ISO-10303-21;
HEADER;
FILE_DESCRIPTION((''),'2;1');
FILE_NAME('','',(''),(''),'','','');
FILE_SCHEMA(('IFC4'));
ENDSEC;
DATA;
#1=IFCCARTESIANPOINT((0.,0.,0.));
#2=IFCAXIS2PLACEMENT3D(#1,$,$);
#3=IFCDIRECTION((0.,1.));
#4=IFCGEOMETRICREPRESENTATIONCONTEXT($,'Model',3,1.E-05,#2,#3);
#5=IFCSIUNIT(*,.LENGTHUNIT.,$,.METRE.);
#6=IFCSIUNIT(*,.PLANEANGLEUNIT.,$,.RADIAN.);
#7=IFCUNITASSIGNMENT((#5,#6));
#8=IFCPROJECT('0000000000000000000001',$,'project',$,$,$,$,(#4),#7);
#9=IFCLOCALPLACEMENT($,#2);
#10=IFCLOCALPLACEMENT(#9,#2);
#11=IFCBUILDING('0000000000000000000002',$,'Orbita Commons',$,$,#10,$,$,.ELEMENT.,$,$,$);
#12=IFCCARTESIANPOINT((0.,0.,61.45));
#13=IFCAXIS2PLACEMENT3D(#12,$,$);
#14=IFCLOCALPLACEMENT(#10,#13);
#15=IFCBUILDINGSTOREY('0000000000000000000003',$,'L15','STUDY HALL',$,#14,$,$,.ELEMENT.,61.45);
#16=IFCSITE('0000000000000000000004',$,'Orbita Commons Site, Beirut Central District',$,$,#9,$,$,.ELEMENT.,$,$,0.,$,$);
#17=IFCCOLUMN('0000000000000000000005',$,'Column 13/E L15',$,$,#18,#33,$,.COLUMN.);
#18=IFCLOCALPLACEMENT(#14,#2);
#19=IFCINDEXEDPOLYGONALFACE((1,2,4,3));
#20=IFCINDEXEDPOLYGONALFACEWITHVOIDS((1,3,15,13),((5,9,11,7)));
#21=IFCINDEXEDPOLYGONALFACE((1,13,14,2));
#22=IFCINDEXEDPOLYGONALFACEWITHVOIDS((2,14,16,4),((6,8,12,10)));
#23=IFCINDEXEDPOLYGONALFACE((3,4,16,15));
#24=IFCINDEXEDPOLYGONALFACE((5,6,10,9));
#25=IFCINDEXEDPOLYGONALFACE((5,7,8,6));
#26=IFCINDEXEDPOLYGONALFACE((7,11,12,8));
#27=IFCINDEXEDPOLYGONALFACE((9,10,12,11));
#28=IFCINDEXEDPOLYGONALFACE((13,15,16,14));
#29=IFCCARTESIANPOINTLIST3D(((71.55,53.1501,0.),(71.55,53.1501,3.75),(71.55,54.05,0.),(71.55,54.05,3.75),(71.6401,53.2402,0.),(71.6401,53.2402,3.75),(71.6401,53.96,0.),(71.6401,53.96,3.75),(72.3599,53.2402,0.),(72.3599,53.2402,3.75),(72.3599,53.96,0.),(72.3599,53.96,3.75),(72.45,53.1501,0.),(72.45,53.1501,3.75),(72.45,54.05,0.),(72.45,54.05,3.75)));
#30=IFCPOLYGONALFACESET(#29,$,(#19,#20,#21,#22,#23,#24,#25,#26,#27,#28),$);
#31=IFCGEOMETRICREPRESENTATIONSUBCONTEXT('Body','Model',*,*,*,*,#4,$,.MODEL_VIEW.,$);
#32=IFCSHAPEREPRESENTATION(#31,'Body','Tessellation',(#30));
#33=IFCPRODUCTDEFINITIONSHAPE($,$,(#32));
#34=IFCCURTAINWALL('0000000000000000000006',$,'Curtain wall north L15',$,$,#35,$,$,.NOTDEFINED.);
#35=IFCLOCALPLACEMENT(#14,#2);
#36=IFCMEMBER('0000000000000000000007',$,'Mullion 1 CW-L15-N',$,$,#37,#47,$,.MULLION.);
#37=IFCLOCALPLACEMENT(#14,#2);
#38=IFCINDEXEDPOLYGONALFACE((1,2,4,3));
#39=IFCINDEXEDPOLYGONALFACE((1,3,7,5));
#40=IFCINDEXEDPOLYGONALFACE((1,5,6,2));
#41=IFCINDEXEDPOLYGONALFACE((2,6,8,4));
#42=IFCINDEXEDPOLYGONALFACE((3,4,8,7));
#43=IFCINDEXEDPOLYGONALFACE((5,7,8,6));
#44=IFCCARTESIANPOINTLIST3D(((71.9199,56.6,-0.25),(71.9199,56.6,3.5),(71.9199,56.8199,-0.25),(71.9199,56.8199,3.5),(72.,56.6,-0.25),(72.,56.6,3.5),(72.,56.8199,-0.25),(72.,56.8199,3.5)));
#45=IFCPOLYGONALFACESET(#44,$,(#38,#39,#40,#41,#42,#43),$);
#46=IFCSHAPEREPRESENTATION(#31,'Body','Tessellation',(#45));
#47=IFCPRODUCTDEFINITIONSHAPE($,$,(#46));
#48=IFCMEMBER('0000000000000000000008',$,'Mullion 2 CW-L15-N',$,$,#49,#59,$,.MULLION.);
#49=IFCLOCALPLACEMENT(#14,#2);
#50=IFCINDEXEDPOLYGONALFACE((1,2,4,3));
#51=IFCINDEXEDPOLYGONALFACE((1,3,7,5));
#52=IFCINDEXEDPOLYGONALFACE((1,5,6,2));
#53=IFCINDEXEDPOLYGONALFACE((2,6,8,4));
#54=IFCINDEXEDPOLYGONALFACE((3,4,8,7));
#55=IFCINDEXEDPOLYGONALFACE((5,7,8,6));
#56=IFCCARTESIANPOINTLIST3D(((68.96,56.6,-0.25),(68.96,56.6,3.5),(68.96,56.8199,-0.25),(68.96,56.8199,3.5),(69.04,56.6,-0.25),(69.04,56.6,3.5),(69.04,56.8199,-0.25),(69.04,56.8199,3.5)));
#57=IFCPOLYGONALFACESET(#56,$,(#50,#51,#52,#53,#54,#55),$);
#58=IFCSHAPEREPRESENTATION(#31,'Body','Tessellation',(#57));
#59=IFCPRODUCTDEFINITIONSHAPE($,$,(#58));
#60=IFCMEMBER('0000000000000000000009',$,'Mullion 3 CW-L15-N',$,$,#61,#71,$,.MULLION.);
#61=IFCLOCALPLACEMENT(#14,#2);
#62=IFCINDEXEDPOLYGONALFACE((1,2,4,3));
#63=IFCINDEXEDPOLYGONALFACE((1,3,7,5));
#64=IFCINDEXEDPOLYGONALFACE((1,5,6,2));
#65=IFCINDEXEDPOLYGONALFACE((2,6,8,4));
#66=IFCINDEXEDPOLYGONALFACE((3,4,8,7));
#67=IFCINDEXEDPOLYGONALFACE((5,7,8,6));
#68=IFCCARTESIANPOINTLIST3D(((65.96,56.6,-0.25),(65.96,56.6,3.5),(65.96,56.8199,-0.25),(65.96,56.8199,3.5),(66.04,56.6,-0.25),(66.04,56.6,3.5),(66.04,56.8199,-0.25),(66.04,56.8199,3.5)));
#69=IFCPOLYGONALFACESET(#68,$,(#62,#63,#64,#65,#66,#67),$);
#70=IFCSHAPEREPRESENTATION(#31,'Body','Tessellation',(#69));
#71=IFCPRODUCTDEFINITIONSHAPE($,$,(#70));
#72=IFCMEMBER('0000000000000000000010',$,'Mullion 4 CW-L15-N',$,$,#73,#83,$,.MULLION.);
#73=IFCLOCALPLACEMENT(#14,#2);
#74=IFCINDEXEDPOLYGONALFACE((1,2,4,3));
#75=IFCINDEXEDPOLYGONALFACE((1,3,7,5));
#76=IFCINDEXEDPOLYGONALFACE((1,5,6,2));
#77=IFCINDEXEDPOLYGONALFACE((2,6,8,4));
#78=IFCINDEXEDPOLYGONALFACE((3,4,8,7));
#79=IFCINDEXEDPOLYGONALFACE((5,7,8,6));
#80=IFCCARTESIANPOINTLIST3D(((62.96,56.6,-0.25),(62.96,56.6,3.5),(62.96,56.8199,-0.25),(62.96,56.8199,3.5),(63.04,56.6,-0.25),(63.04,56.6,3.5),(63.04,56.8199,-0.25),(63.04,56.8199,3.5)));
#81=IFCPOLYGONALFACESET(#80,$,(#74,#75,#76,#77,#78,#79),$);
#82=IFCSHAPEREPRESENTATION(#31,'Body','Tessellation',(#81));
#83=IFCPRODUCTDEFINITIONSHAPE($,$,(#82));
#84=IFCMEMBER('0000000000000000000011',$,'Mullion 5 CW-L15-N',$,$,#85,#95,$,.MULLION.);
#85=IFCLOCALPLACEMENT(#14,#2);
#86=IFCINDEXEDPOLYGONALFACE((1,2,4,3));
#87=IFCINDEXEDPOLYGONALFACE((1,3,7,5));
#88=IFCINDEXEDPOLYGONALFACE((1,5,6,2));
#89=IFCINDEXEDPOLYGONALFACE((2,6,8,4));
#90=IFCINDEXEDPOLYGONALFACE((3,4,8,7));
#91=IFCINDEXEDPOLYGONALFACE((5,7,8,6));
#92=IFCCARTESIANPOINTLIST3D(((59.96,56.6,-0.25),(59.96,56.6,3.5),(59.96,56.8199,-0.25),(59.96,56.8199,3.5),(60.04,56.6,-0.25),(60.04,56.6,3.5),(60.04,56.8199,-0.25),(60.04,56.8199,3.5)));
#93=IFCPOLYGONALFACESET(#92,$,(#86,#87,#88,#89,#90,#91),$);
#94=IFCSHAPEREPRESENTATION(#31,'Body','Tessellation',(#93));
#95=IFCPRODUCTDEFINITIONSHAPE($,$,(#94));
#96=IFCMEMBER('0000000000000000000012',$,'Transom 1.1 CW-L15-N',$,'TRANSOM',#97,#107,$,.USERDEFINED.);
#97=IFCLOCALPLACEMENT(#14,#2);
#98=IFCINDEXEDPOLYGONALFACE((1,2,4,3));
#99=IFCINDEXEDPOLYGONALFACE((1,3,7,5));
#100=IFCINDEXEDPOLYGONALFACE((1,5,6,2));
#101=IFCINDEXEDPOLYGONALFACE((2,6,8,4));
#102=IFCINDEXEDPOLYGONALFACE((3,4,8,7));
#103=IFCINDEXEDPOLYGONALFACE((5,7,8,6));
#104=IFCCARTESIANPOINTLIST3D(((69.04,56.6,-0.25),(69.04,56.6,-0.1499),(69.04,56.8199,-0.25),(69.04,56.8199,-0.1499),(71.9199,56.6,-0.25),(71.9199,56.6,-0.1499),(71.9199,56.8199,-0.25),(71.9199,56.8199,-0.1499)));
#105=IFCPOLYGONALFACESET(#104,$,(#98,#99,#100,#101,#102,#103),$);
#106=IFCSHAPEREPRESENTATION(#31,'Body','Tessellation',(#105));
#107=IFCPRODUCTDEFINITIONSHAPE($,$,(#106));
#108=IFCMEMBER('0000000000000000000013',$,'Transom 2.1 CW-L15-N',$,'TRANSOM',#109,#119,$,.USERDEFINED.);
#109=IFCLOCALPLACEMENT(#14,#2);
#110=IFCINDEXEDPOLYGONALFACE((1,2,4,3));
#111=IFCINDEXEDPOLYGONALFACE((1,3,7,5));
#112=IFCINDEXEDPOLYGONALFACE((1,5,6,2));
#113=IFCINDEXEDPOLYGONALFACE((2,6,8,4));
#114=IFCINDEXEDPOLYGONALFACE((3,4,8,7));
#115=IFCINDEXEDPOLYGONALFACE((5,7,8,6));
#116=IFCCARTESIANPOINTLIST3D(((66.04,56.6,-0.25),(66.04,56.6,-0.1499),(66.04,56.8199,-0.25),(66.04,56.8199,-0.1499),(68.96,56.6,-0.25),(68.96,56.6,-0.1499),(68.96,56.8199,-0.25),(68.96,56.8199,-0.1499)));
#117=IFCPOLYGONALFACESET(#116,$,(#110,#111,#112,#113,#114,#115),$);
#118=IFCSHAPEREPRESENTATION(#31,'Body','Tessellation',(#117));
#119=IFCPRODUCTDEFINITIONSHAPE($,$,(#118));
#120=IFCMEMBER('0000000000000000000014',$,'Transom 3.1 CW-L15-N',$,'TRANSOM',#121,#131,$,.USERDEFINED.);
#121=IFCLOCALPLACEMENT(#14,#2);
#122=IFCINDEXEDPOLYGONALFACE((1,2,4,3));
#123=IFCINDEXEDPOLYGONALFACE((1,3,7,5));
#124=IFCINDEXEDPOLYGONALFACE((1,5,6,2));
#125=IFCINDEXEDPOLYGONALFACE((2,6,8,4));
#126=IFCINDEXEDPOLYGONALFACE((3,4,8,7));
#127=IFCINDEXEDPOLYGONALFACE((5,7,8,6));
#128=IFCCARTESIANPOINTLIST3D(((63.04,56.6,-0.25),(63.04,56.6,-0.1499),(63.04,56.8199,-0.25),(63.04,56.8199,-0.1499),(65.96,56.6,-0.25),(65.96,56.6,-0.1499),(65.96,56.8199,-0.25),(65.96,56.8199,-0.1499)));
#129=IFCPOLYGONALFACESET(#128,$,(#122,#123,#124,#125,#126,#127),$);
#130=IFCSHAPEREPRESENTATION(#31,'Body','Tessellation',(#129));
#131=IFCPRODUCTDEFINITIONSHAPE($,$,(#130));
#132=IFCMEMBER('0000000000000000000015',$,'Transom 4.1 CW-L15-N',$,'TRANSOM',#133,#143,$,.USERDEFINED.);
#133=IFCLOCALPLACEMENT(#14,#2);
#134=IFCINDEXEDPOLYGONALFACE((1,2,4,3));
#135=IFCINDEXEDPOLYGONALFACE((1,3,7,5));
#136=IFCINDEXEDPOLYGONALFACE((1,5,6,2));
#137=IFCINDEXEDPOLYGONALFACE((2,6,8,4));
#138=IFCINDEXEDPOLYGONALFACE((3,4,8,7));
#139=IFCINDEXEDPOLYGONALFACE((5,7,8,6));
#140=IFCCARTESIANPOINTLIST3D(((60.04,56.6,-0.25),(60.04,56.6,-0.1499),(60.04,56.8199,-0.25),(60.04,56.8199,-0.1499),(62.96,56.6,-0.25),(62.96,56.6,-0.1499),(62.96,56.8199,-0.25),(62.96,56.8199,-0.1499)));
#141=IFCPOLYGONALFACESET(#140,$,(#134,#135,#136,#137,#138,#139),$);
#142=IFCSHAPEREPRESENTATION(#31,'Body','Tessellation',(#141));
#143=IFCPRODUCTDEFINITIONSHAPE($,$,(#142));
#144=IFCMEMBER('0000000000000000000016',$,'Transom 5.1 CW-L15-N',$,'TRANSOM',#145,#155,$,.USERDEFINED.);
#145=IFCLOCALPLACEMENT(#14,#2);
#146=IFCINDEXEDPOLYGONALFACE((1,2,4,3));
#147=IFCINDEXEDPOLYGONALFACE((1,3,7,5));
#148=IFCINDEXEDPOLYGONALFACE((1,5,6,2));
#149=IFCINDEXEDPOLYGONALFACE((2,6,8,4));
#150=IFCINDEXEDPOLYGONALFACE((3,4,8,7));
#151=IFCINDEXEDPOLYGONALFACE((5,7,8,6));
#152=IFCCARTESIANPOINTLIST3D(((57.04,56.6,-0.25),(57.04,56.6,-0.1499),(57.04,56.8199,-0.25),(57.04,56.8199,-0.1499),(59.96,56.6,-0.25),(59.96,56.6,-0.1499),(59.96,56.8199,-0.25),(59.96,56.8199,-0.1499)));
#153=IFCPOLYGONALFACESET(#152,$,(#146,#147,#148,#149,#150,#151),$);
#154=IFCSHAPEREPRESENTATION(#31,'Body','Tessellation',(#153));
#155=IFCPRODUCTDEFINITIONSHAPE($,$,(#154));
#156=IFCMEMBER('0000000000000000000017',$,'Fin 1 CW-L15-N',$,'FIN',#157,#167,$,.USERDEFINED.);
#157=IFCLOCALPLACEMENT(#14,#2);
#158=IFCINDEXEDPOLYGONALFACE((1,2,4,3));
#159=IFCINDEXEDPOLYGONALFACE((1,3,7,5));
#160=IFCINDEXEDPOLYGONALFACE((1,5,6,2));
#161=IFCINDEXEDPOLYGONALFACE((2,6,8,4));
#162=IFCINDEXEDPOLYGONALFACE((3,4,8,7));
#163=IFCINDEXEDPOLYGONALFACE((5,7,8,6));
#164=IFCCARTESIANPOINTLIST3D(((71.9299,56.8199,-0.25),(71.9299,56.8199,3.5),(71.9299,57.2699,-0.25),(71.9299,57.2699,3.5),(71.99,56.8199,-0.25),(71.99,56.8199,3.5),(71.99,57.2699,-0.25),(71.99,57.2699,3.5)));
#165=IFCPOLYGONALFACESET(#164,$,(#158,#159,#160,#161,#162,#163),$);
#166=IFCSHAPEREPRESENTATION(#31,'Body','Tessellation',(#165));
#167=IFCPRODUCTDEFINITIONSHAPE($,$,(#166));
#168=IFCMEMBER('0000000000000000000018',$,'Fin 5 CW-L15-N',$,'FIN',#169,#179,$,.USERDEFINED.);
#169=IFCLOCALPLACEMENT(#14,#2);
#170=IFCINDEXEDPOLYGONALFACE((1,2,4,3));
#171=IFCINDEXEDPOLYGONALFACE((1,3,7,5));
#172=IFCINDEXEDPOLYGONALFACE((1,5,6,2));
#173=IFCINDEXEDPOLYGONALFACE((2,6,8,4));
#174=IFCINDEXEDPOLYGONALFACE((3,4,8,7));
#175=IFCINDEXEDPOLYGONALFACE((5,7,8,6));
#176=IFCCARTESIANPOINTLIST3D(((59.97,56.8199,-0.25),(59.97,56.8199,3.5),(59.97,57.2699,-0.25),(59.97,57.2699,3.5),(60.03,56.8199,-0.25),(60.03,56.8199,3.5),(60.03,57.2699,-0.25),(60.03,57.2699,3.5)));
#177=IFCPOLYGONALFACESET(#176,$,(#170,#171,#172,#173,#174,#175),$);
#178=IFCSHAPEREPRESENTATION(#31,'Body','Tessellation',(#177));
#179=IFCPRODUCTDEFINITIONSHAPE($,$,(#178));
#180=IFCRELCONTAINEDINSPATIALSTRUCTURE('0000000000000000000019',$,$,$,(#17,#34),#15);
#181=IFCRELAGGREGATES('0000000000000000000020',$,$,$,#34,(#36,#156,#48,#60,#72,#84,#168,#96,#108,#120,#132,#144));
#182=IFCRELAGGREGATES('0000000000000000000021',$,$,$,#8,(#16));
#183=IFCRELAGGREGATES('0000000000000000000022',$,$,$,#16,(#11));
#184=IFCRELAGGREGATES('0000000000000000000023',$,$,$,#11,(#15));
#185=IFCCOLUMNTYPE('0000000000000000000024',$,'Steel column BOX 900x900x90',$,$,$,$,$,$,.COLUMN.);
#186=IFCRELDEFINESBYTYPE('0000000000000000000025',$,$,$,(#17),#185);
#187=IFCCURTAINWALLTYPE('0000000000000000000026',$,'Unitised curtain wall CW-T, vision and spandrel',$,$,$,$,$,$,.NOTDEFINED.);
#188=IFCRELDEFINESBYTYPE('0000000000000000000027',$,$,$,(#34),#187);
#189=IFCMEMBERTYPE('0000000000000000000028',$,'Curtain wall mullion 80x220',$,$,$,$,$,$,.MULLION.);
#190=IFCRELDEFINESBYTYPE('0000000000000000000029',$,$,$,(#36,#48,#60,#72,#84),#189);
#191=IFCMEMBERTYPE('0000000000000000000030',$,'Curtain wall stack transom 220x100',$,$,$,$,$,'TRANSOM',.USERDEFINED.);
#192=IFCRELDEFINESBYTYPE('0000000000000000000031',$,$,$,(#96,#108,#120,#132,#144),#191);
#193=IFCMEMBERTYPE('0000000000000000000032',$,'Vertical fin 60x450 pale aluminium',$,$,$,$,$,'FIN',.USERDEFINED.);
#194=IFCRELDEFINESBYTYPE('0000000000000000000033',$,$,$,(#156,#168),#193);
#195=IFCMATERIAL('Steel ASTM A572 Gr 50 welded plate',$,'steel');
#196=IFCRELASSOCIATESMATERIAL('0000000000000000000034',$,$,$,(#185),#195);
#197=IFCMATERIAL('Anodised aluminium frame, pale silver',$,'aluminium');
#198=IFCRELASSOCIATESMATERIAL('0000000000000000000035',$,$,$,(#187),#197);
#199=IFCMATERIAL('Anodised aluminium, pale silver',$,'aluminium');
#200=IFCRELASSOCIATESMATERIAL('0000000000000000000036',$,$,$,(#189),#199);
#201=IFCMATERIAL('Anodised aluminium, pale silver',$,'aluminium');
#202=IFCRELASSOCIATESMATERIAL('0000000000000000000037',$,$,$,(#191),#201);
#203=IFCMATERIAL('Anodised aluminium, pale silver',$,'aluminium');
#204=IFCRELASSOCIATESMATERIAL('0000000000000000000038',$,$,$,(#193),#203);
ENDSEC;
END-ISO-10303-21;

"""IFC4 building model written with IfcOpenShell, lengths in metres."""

from ifc_helpers import new_model, si_unit, direction, frame, origin, origin_2d, place, context, subcontext, project, spatial, rectangle, hollow_rectangle, extrude, material, material_profile, profile_set, type_object, element, aggregate, save


model = new_model("IFC4")

# Units and contexts
model_context = context("Model", 3, precision=1e-05, world=origin(), true_north=direction((0.0, 1.0)))
body_context = subcontext(model_context, "Body", "Model", "MODEL_VIEW")
ifc_project = project(units=[si_unit("LENGTHUNIT", "METRE"), si_unit("PLANEANGLEUNIT", "RADIAN")], contexts=[model_context])

# Site, building, storey
site_placement = place(None, origin())
site = spatial("IfcSite", under=ifc_project, at=site_placement, Name="Orbita Commons Site, Beirut Central District", CompositionType="ELEMENT", RefElevation=0.0)
building_placement = place(site_placement, origin())
building = spatial("IfcBuilding", under=site, at=building_placement, Name="Orbita Commons", CompositionType="ELEMENT")
storey_placement = place(building_placement, frame((0.0, 0.0, 61.45)))
storey = spatial("IfcBuildingStorey", under=building, at=storey_placement, Name="L15", Description="STUDY HALL", CompositionType="ELEMENT", Elevation=61.45)

# Column
ifc_material_1 = material(Name="Steel ASTM A572 Gr 50 welded plate", Category="steel")
ifc_material_profile_1 = material_profile(ifc_material_1, hollow_rectangle(XDim=0.8999, YDim=0.8999, WallThickness=0.0901, at=origin_2d()), Name="BOX 900x900x90")
ifc_profile_set_1 = profile_set([ifc_material_profile_1], Name="Steel ASTM A572 Gr 50 welded plate")
column_type = type_object("IfcColumnType", Name="Steel column BOX 900x900x90", PredefinedType="COLUMN", material=ifc_profile_set_1)
column_placement = place(storey_placement, frame((72.0, 53.6001, 0.0), z_axis=(0.0, 0.0, 1.0), x_axis=(1.0, 0.0, 0.0)))
element("IfcColumn", 1, at=column_placement, inside=storey, type_object=column_type, Name="Column 13/E L15", PredefinedType="COLUMN", context=body_context, shape_type="SweptSolid", body=[
    extrude(hollow_rectangle(XDim=0.8999, YDim=0.8999, WallThickness=0.0901, at=origin_2d()), origin(), (0.0, 0.0, 1.0), 3.75),
])

# Curtain wall, members
ifc_material_2 = material(Name="Anodised aluminium frame, pale silver", Category="aluminium")
curtain_wall_type = type_object("IfcCurtainWallType", Name="Unitised curtain wall CW-T, vision and spandrel", PredefinedType="NOTDEFINED", material=ifc_material_2)
curtain_wall_placement = place(storey_placement, origin())
curtain_wall = element("IfcCurtainWall", 2, at=curtain_wall_placement, inside=storey, type_object=curtain_wall_type, Name="Curtain wall north L15", PredefinedType="NOTDEFINED")
ifc_material_3 = material(Name="Anodised aluminium, pale silver", Category="aluminium")
ifc_material_profile_2 = material_profile(ifc_material_3, rectangle(XDim=0.0801, YDim=0.22, at=origin_2d()), Name="AL 80x220")
ifc_profile_set_2 = profile_set([ifc_material_profile_2], Name="Anodised aluminium, pale silver")
member_type_1 = type_object("IfcMemberType", Name="Curtain wall mullion 80x220", PredefinedType="MULLION", material=ifc_profile_set_2)
member_1_placement = place(storey_placement, frame((71.96, 56.71, -0.25), z_axis=(0.0, 0.0, 1.0), x_axis=(-1.0, 0.0, 0.0)))
member_1 = element("IfcMember", 3, at=member_1_placement, type_object=member_type_1, Name="Mullion 1 CW-L15-N", PredefinedType="MULLION", context=body_context, shape_type="SweptSolid", body=[
    extrude(rectangle(XDim=0.0801, YDim=0.22, at=origin_2d()), origin(), (0.0, 0.0, 1.0), 3.75),
])
member_2_placement = place(storey_placement, frame((69.0, 56.71, -0.25), z_axis=(0.0, 0.0, 1.0), x_axis=(-1.0, 0.0, 0.0)))
member_2 = element("IfcMember", 4, at=member_2_placement, type_object=member_type_1, Name="Mullion 2 CW-L15-N", PredefinedType="MULLION", context=body_context, shape_type="SweptSolid", body=[
    extrude(rectangle(XDim=0.0801, YDim=0.22, at=origin_2d()), origin(), (0.0, 0.0, 1.0), 3.75),
])
member_3_placement = place(storey_placement, frame((66.0, 56.71, -0.25), z_axis=(0.0, 0.0, 1.0), x_axis=(-1.0, 0.0, 0.0)))
member_3 = element("IfcMember", 5, at=member_3_placement, type_object=member_type_1, Name="Mullion 3 CW-L15-N", PredefinedType="MULLION", context=body_context, shape_type="SweptSolid", body=[
    extrude(rectangle(XDim=0.0801, YDim=0.22, at=origin_2d()), origin(), (0.0, 0.0, 1.0), 3.75),
])
member_4_placement = place(storey_placement, frame((63.0, 56.71, -0.25), z_axis=(0.0, 0.0, 1.0), x_axis=(-1.0, 0.0, 0.0)))
member_4 = element("IfcMember", 6, at=member_4_placement, type_object=member_type_1, Name="Mullion 4 CW-L15-N", PredefinedType="MULLION", context=body_context, shape_type="SweptSolid", body=[
    extrude(rectangle(XDim=0.0801, YDim=0.22, at=origin_2d()), origin(), (0.0, 0.0, 1.0), 3.75),
])
member_5_placement = place(storey_placement, frame((60.0, 56.71, -0.25), z_axis=(0.0, 0.0, 1.0), x_axis=(-1.0, 0.0, 0.0)))
member_5 = element("IfcMember", 7, at=member_5_placement, type_object=member_type_1, Name="Mullion 5 CW-L15-N", PredefinedType="MULLION", context=body_context, shape_type="SweptSolid", body=[
    extrude(rectangle(XDim=0.0801, YDim=0.22, at=origin_2d()), origin(), (0.0, 0.0, 1.0), 3.75),
])
ifc_material_4 = material(Name="Anodised aluminium, pale silver", Category="aluminium")
ifc_material_profile_3 = material_profile(ifc_material_4, rectangle(XDim=0.22, YDim=0.1001, at=origin_2d()), Name="AL 220x100")
ifc_profile_set_3 = profile_set([ifc_material_profile_3], Name="Anodised aluminium, pale silver")
member_type_2 = type_object("IfcMemberType", Name="Curtain wall stack transom 220x100", ElementType="TRANSOM", PredefinedType="USERDEFINED", material=ifc_profile_set_3)
member_6_placement = place(storey_placement, frame((71.9199, 56.71, -0.2), z_axis=(-1.0, 0.0, 0.0), x_axis=(0.0, -1.0, 0.0)))
member_6 = element("IfcMember", 8, at=member_6_placement, type_object=member_type_2, Name="Transom 1.1 CW-L15-N", ObjectType="TRANSOM", PredefinedType="USERDEFINED", context=body_context, shape_type="SweptSolid", body=[
    extrude(rectangle(XDim=0.22, YDim=0.1001, at=origin_2d()), origin(), (0.0, 0.0, 1.0), 2.8799),
])
member_7_placement = place(storey_placement, frame((68.96, 56.71, -0.2), z_axis=(-1.0, 0.0, 0.0), x_axis=(0.0, -1.0, 0.0)))
member_7 = element("IfcMember", 9, at=member_7_placement, type_object=member_type_2, Name="Transom 2.1 CW-L15-N", ObjectType="TRANSOM", PredefinedType="USERDEFINED", context=body_context, shape_type="SweptSolid", body=[
    extrude(rectangle(XDim=0.22, YDim=0.1001, at=origin_2d()), origin(), (0.0, 0.0, 1.0), 2.9199),
])
member_8_placement = place(storey_placement, frame((65.96, 56.71, -0.2), z_axis=(-1.0, 0.0, 0.0), x_axis=(0.0, -1.0, 0.0)))
member_8 = element("IfcMember", 10, at=member_8_placement, type_object=member_type_2, Name="Transom 3.1 CW-L15-N", ObjectType="TRANSOM", PredefinedType="USERDEFINED", context=body_context, shape_type="SweptSolid", body=[
    extrude(rectangle(XDim=0.22, YDim=0.1001, at=origin_2d()), origin(), (0.0, 0.0, 1.0), 2.9199),
])
member_9_placement = place(storey_placement, frame((62.96, 56.71, -0.2), z_axis=(-1.0, 0.0, 0.0), x_axis=(0.0, -1.0, 0.0)))
member_9 = element("IfcMember", 11, at=member_9_placement, type_object=member_type_2, Name="Transom 4.1 CW-L15-N", ObjectType="TRANSOM", PredefinedType="USERDEFINED", context=body_context, shape_type="SweptSolid", body=[
    extrude(rectangle(XDim=0.22, YDim=0.1001, at=origin_2d()), origin(), (0.0, 0.0, 1.0), 2.9199),
])
member_10_placement = place(storey_placement, frame((59.96, 56.71, -0.2), z_axis=(-1.0, 0.0, 0.0), x_axis=(0.0, -1.0, 0.0)))
member_10 = element("IfcMember", 12, at=member_10_placement, type_object=member_type_2, Name="Transom 5.1 CW-L15-N", ObjectType="TRANSOM", PredefinedType="USERDEFINED", context=body_context, shape_type="SweptSolid", body=[
    extrude(rectangle(XDim=0.22, YDim=0.1001, at=origin_2d()), origin(), (0.0, 0.0, 1.0), 2.9199),
])
ifc_material_5 = material(Name="Anodised aluminium, pale silver", Category="aluminium")
ifc_material_profile_4 = material_profile(ifc_material_5, rectangle(XDim=0.0601, YDim=0.45, at=origin_2d()), Name="FIN 60x450")
ifc_profile_set_4 = profile_set([ifc_material_profile_4], Name="Anodised aluminium, pale silver")
member_type_3 = type_object("IfcMemberType", Name="Vertical fin 60x450 pale aluminium", ElementType="FIN", PredefinedType="USERDEFINED", material=ifc_profile_set_4)
member_11_placement = place(storey_placement, frame((71.96, 57.0449, -0.25), z_axis=(0.0, 0.0, 1.0), x_axis=(-1.0, 0.0, 0.0)))
member_11 = element("IfcMember", 13, at=member_11_placement, type_object=member_type_3, Name="Fin 1 CW-L15-N", ObjectType="FIN", PredefinedType="USERDEFINED", context=body_context, shape_type="SweptSolid", body=[
    extrude(rectangle(XDim=0.0601, YDim=0.45, at=origin_2d()), origin(), (0.0, 0.0, 1.0), 3.75),
])
member_12_placement = place(storey_placement, frame((60.0, 57.0449, -0.25), z_axis=(0.0, 0.0, 1.0), x_axis=(-1.0, 0.0, 0.0)))
member_12 = element("IfcMember", 14, at=member_12_placement, type_object=member_type_3, Name="Fin 5 CW-L15-N", ObjectType="FIN", PredefinedType="USERDEFINED", context=body_context, shape_type="SweptSolid", body=[
    extrude(rectangle(XDim=0.0601, YDim=0.45, at=origin_2d()), origin(), (0.0, 0.0, 1.0), 3.75),
])
aggregate(curtain_wall, [member_1, member_11, member_2, member_3, member_4, member_5, member_12, member_6, member_7, member_8, member_9, member_10])

save(model, "model.ifc")
